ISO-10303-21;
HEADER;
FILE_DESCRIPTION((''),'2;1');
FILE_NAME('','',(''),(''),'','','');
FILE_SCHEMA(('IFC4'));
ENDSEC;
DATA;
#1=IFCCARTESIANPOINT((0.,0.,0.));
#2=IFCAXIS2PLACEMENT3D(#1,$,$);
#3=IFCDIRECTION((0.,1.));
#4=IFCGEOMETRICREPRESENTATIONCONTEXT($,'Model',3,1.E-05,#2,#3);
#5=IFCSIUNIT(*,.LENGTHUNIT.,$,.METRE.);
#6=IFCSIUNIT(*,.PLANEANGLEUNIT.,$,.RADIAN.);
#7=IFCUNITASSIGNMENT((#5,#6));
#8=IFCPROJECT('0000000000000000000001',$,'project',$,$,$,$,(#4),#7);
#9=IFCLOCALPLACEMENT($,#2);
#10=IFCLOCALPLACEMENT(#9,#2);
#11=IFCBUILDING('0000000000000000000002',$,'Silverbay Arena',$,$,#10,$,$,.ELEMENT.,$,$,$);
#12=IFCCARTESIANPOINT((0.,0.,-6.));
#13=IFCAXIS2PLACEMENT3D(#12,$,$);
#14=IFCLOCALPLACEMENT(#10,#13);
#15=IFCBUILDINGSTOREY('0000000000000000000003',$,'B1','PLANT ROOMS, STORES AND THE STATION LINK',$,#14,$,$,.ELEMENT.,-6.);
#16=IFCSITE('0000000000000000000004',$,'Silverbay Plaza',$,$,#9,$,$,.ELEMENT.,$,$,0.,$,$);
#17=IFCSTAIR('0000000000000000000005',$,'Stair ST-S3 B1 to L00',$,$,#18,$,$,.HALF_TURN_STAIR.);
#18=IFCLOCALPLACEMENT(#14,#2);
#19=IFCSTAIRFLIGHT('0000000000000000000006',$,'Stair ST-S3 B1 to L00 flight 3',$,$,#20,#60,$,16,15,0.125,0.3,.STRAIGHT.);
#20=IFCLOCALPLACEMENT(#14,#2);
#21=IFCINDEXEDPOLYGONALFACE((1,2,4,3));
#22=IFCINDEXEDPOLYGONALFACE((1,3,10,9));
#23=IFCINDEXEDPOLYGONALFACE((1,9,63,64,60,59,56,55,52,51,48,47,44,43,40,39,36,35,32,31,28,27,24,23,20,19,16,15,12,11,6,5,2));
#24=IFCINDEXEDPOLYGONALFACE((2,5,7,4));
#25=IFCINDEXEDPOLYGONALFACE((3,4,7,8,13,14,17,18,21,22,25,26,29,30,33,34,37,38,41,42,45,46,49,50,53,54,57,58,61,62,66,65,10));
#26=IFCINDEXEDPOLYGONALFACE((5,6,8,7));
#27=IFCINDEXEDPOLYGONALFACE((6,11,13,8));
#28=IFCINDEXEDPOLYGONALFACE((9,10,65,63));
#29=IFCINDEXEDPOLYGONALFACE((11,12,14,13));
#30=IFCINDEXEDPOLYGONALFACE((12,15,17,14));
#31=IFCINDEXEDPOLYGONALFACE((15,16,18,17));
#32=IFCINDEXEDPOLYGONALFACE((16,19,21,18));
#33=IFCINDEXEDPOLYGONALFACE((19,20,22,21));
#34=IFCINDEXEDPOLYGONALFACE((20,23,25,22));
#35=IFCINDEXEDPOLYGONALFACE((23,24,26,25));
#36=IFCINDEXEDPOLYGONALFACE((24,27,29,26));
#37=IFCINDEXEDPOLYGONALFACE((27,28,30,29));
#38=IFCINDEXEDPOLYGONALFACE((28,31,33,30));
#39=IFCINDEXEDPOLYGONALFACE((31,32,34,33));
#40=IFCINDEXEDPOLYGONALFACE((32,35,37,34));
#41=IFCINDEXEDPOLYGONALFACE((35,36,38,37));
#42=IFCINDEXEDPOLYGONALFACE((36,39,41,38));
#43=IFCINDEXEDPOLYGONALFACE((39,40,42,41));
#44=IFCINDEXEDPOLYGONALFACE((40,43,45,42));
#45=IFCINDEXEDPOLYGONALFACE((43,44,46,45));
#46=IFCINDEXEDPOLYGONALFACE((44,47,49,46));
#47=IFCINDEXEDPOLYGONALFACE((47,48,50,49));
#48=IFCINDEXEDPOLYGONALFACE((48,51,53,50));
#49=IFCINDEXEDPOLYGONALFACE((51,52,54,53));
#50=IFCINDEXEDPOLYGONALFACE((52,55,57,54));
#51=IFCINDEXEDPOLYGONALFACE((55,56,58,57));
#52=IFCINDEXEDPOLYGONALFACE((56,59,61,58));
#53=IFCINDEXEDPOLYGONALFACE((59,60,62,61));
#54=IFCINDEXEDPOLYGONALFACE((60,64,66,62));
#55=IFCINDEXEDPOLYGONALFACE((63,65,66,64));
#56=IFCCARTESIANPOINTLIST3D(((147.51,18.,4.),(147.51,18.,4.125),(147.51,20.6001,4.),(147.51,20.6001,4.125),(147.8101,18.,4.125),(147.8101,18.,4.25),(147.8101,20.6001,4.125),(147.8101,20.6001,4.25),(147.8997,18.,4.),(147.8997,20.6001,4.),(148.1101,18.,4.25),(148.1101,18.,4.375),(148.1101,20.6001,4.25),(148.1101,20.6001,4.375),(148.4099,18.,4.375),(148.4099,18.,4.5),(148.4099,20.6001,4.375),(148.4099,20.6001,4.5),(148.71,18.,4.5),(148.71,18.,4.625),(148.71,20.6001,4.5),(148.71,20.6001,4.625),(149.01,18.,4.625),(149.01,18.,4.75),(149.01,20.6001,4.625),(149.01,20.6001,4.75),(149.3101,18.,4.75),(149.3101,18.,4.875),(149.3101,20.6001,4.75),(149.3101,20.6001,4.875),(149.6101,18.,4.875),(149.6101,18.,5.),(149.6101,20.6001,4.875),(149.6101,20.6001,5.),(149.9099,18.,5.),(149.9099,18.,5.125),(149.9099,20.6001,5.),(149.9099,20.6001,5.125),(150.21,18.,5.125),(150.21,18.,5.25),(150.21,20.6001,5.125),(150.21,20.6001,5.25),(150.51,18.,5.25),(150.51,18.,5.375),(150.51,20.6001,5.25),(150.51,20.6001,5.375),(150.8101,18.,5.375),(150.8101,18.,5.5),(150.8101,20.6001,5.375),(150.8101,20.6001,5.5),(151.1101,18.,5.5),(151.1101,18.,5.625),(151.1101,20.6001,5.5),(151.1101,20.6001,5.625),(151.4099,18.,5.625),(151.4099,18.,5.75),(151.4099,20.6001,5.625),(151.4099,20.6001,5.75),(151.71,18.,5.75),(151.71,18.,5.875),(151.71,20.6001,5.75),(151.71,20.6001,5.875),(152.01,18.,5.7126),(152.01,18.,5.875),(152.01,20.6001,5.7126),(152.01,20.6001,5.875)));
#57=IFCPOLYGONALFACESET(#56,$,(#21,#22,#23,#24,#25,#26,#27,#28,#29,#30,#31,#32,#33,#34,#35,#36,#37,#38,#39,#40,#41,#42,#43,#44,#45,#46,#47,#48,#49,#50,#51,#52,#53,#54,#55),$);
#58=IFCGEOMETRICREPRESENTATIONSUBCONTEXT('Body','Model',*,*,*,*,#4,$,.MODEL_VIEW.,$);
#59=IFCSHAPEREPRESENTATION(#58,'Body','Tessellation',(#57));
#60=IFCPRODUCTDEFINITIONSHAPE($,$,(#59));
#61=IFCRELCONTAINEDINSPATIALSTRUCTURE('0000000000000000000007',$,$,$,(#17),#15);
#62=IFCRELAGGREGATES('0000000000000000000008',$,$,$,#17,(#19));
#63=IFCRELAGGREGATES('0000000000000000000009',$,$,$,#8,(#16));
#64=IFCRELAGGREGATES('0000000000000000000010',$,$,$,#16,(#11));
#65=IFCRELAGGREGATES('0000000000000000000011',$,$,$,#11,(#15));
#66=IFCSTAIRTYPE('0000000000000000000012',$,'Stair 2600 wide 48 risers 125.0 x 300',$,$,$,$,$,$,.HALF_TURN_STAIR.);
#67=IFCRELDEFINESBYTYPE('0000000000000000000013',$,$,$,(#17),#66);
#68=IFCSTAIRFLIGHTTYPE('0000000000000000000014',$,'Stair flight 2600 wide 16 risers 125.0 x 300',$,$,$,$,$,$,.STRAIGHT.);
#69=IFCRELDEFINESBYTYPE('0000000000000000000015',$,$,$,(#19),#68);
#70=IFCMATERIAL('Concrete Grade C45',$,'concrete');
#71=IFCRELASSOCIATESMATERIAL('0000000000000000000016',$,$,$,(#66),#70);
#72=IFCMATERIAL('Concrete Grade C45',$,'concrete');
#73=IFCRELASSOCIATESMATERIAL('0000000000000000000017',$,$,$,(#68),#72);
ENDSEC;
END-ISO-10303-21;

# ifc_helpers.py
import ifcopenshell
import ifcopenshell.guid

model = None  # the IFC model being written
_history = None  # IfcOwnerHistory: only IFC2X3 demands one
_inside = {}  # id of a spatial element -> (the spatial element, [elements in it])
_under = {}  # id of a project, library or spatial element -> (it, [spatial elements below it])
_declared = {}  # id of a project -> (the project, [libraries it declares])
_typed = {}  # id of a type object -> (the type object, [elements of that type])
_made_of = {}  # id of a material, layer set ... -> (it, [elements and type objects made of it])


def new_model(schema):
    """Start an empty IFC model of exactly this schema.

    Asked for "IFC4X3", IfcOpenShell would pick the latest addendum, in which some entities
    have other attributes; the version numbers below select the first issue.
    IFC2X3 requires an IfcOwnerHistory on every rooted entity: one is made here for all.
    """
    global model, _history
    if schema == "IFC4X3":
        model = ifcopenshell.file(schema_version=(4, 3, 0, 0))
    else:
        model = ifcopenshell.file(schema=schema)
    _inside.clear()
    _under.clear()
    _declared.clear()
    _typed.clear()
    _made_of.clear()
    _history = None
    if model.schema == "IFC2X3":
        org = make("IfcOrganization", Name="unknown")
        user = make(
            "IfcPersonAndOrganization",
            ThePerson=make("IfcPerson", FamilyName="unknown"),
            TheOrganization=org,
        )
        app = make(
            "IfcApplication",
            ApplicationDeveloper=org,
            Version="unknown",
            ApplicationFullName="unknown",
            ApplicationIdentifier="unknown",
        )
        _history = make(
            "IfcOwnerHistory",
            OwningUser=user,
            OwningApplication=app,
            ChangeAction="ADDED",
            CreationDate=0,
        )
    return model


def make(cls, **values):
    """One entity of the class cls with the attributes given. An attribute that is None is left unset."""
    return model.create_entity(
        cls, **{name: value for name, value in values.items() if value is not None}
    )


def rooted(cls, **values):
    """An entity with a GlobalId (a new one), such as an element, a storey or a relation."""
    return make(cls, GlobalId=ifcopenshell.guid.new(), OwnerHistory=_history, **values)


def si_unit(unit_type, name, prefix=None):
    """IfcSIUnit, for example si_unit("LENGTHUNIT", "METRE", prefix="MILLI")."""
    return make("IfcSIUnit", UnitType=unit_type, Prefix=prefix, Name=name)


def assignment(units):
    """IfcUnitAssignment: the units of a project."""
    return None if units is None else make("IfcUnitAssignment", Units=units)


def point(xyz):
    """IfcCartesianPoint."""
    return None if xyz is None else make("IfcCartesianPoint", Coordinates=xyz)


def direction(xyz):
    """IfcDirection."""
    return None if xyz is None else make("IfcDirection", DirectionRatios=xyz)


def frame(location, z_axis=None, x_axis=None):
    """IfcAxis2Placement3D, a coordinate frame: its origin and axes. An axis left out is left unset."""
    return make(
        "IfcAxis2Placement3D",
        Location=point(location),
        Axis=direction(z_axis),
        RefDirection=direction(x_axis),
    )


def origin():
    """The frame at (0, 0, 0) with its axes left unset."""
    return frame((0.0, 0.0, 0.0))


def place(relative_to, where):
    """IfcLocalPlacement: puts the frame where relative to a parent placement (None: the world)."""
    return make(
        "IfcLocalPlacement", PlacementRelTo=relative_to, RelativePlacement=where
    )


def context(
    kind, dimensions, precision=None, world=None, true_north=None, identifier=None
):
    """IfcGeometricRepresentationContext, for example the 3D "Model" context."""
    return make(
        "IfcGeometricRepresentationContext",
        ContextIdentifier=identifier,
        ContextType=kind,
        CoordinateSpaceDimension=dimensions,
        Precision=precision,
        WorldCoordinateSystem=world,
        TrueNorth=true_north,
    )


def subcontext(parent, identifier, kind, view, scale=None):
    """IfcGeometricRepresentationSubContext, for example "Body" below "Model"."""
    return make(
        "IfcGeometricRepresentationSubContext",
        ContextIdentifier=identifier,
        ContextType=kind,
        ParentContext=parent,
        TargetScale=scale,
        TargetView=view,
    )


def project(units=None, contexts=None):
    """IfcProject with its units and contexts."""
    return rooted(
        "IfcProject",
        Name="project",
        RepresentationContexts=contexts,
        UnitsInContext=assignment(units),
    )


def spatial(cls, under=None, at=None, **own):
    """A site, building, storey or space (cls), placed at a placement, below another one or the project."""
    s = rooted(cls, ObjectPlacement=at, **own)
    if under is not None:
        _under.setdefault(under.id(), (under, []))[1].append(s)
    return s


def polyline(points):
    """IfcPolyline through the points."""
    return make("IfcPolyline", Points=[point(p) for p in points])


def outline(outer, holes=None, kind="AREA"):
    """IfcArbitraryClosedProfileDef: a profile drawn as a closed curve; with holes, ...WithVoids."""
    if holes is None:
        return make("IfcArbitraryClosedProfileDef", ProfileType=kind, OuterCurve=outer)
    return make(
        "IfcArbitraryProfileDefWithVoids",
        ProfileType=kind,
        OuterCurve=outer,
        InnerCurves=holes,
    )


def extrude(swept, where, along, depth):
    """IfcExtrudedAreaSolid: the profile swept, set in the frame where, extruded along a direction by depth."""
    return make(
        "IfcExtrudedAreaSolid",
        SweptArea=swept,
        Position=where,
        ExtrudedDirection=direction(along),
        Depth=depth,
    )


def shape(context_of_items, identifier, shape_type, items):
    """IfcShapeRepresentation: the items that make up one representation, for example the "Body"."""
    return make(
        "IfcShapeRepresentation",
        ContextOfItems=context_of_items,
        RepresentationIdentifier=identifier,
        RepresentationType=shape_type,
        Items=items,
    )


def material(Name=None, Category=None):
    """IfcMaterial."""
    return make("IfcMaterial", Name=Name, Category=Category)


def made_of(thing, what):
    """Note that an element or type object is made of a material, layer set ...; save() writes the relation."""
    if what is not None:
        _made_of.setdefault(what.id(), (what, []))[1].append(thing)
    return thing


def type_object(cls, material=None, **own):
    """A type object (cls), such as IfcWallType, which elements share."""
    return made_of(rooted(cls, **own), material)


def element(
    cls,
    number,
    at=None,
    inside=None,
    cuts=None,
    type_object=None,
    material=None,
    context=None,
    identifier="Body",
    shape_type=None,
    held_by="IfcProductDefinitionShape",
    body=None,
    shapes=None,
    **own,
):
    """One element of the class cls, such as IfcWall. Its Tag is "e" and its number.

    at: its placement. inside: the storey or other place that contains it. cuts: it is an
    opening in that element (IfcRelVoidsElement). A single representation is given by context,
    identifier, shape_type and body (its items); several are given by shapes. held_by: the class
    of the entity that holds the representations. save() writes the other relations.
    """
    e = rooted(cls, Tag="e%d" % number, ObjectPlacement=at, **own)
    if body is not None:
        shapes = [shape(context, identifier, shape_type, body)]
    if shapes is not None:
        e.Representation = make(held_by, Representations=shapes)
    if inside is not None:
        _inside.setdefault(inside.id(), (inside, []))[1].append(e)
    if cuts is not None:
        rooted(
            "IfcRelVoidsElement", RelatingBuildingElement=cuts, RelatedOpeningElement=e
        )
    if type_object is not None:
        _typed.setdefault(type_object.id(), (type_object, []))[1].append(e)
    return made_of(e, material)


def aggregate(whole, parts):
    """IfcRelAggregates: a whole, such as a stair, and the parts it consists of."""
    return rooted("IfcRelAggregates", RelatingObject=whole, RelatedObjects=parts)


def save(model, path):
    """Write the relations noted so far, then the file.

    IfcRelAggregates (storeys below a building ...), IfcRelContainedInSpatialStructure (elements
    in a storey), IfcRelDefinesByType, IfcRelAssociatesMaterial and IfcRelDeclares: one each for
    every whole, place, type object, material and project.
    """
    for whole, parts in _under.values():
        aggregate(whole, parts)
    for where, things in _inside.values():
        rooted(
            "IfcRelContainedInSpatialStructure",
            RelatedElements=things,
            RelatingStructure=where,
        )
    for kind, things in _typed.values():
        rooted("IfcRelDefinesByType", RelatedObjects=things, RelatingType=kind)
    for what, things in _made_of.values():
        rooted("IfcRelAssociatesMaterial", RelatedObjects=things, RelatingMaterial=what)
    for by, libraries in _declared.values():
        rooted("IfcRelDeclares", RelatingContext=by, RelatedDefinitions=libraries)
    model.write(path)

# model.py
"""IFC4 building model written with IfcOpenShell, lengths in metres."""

from ifc_helpers import new_model, si_unit, direction, frame, origin, place, context, subcontext, project, spatial, polyline, outline, extrude, material, type_object, element, aggregate, save


model = new_model("IFC4")

# Units and contexts
model_context = context("Model", 3, precision=1e-05, world=origin(), true_north=direction((0.0, 1.0)))
body_context = subcontext(model_context, "Body", "Model", "MODEL_VIEW")
ifc_project = project(units=[si_unit("LENGTHUNIT", "METRE"), si_unit("PLANEANGLEUNIT", "RADIAN")], contexts=[model_context])

# Site, building, storey
site_placement = place(None, origin())
site = spatial("IfcSite", under=ifc_project, at=site_placement, Name="Silverbay Plaza", CompositionType="ELEMENT", RefElevation=0.0)
building_placement = place(site_placement, origin())
building = spatial("IfcBuilding", under=site, at=building_placement, Name="Silverbay Arena", CompositionType="ELEMENT")
storey_placement = place(building_placement, frame((0.0, 0.0, -6.0)))
storey = spatial("IfcBuildingStorey", under=building, at=storey_placement, Name="B1", Description="PLANT ROOMS, STORES AND THE STATION LINK", CompositionType="ELEMENT", Elevation=-6.0)

# Stair, stair flight
ifc_material_1 = material(Name="Concrete Grade C45", Category="concrete")
stair_type = type_object("IfcStairType", Name="Stair 2600 wide 48 risers 125.0 x 300", PredefinedType="HALF_TURN_STAIR", material=ifc_material_1)
stair_placement = place(storey_placement, origin())
stair = element("IfcStair", 1, at=stair_placement, inside=storey, type_object=stair_type, Name="Stair ST-S3 B1 to L00", PredefinedType="HALF_TURN_STAIR")
ifc_material_2 = material(Name="Concrete Grade C45", Category="concrete")
stair_flight_type = type_object("IfcStairFlightType", Name="Stair flight 2600 wide 16 risers 125.0 x 300", PredefinedType="STRAIGHT", material=ifc_material_2)
stair_flight_1_placement = place(storey_placement, frame((147.51, 19.3, 4.0), z_axis=(0.0, 0.0, 1.0), x_axis=(1.0, 0.0, 0.0)))
stair_flight_1 = element("IfcStairFlight", 2, at=stair_flight_1_placement, type_object=stair_flight_type, Name="Stair ST-S3 B1 to L00 flight 3", NumberOfRisers=16, NumberOfTreads=15, PredefinedType="STRAIGHT", RiserHeight=0.125, TreadLength=0.3, context=body_context, shape_type="SweptSolid", body=[
    extrude(outline(polyline([(0.0, 0.0), (0.0, 0.125), (0.3, 0.125), (0.3, 0.25), (0.6001, 0.25), (0.6001, 0.375), (0.8999, 0.375), (0.8999, 0.5), (1.2, 0.5), (1.2, 0.625), (1.5, 0.625), (1.5, 0.75), (1.8, 0.75), (1.8, 0.875), (2.1001, 0.875), (2.1001, 1.0), (2.3999, 1.0), (2.3999, 1.125), (2.7, 1.125), (2.7, 1.25), (3.0, 1.25), (3.0, 1.375), (3.3, 1.375), (3.3, 1.5), (3.6001, 1.5), (3.6001, 1.625), (3.8999, 1.625), (3.8999, 1.75), (4.2, 1.75), (4.2, 1.875), (4.5, 1.875), (4.5, 1.7126), (0.3896, 0.0), (0.0, 0.0)])), frame((0.0, 1.3, 0.0), z_axis=(0.0, -1.0, 0.0), x_axis=(1.0, 0.0, 0.0)), (0.0, 0.0, 1.0), 2.6001),
])
aggregate(stair, [stair_flight_1])

save(model, "model.ifc")
